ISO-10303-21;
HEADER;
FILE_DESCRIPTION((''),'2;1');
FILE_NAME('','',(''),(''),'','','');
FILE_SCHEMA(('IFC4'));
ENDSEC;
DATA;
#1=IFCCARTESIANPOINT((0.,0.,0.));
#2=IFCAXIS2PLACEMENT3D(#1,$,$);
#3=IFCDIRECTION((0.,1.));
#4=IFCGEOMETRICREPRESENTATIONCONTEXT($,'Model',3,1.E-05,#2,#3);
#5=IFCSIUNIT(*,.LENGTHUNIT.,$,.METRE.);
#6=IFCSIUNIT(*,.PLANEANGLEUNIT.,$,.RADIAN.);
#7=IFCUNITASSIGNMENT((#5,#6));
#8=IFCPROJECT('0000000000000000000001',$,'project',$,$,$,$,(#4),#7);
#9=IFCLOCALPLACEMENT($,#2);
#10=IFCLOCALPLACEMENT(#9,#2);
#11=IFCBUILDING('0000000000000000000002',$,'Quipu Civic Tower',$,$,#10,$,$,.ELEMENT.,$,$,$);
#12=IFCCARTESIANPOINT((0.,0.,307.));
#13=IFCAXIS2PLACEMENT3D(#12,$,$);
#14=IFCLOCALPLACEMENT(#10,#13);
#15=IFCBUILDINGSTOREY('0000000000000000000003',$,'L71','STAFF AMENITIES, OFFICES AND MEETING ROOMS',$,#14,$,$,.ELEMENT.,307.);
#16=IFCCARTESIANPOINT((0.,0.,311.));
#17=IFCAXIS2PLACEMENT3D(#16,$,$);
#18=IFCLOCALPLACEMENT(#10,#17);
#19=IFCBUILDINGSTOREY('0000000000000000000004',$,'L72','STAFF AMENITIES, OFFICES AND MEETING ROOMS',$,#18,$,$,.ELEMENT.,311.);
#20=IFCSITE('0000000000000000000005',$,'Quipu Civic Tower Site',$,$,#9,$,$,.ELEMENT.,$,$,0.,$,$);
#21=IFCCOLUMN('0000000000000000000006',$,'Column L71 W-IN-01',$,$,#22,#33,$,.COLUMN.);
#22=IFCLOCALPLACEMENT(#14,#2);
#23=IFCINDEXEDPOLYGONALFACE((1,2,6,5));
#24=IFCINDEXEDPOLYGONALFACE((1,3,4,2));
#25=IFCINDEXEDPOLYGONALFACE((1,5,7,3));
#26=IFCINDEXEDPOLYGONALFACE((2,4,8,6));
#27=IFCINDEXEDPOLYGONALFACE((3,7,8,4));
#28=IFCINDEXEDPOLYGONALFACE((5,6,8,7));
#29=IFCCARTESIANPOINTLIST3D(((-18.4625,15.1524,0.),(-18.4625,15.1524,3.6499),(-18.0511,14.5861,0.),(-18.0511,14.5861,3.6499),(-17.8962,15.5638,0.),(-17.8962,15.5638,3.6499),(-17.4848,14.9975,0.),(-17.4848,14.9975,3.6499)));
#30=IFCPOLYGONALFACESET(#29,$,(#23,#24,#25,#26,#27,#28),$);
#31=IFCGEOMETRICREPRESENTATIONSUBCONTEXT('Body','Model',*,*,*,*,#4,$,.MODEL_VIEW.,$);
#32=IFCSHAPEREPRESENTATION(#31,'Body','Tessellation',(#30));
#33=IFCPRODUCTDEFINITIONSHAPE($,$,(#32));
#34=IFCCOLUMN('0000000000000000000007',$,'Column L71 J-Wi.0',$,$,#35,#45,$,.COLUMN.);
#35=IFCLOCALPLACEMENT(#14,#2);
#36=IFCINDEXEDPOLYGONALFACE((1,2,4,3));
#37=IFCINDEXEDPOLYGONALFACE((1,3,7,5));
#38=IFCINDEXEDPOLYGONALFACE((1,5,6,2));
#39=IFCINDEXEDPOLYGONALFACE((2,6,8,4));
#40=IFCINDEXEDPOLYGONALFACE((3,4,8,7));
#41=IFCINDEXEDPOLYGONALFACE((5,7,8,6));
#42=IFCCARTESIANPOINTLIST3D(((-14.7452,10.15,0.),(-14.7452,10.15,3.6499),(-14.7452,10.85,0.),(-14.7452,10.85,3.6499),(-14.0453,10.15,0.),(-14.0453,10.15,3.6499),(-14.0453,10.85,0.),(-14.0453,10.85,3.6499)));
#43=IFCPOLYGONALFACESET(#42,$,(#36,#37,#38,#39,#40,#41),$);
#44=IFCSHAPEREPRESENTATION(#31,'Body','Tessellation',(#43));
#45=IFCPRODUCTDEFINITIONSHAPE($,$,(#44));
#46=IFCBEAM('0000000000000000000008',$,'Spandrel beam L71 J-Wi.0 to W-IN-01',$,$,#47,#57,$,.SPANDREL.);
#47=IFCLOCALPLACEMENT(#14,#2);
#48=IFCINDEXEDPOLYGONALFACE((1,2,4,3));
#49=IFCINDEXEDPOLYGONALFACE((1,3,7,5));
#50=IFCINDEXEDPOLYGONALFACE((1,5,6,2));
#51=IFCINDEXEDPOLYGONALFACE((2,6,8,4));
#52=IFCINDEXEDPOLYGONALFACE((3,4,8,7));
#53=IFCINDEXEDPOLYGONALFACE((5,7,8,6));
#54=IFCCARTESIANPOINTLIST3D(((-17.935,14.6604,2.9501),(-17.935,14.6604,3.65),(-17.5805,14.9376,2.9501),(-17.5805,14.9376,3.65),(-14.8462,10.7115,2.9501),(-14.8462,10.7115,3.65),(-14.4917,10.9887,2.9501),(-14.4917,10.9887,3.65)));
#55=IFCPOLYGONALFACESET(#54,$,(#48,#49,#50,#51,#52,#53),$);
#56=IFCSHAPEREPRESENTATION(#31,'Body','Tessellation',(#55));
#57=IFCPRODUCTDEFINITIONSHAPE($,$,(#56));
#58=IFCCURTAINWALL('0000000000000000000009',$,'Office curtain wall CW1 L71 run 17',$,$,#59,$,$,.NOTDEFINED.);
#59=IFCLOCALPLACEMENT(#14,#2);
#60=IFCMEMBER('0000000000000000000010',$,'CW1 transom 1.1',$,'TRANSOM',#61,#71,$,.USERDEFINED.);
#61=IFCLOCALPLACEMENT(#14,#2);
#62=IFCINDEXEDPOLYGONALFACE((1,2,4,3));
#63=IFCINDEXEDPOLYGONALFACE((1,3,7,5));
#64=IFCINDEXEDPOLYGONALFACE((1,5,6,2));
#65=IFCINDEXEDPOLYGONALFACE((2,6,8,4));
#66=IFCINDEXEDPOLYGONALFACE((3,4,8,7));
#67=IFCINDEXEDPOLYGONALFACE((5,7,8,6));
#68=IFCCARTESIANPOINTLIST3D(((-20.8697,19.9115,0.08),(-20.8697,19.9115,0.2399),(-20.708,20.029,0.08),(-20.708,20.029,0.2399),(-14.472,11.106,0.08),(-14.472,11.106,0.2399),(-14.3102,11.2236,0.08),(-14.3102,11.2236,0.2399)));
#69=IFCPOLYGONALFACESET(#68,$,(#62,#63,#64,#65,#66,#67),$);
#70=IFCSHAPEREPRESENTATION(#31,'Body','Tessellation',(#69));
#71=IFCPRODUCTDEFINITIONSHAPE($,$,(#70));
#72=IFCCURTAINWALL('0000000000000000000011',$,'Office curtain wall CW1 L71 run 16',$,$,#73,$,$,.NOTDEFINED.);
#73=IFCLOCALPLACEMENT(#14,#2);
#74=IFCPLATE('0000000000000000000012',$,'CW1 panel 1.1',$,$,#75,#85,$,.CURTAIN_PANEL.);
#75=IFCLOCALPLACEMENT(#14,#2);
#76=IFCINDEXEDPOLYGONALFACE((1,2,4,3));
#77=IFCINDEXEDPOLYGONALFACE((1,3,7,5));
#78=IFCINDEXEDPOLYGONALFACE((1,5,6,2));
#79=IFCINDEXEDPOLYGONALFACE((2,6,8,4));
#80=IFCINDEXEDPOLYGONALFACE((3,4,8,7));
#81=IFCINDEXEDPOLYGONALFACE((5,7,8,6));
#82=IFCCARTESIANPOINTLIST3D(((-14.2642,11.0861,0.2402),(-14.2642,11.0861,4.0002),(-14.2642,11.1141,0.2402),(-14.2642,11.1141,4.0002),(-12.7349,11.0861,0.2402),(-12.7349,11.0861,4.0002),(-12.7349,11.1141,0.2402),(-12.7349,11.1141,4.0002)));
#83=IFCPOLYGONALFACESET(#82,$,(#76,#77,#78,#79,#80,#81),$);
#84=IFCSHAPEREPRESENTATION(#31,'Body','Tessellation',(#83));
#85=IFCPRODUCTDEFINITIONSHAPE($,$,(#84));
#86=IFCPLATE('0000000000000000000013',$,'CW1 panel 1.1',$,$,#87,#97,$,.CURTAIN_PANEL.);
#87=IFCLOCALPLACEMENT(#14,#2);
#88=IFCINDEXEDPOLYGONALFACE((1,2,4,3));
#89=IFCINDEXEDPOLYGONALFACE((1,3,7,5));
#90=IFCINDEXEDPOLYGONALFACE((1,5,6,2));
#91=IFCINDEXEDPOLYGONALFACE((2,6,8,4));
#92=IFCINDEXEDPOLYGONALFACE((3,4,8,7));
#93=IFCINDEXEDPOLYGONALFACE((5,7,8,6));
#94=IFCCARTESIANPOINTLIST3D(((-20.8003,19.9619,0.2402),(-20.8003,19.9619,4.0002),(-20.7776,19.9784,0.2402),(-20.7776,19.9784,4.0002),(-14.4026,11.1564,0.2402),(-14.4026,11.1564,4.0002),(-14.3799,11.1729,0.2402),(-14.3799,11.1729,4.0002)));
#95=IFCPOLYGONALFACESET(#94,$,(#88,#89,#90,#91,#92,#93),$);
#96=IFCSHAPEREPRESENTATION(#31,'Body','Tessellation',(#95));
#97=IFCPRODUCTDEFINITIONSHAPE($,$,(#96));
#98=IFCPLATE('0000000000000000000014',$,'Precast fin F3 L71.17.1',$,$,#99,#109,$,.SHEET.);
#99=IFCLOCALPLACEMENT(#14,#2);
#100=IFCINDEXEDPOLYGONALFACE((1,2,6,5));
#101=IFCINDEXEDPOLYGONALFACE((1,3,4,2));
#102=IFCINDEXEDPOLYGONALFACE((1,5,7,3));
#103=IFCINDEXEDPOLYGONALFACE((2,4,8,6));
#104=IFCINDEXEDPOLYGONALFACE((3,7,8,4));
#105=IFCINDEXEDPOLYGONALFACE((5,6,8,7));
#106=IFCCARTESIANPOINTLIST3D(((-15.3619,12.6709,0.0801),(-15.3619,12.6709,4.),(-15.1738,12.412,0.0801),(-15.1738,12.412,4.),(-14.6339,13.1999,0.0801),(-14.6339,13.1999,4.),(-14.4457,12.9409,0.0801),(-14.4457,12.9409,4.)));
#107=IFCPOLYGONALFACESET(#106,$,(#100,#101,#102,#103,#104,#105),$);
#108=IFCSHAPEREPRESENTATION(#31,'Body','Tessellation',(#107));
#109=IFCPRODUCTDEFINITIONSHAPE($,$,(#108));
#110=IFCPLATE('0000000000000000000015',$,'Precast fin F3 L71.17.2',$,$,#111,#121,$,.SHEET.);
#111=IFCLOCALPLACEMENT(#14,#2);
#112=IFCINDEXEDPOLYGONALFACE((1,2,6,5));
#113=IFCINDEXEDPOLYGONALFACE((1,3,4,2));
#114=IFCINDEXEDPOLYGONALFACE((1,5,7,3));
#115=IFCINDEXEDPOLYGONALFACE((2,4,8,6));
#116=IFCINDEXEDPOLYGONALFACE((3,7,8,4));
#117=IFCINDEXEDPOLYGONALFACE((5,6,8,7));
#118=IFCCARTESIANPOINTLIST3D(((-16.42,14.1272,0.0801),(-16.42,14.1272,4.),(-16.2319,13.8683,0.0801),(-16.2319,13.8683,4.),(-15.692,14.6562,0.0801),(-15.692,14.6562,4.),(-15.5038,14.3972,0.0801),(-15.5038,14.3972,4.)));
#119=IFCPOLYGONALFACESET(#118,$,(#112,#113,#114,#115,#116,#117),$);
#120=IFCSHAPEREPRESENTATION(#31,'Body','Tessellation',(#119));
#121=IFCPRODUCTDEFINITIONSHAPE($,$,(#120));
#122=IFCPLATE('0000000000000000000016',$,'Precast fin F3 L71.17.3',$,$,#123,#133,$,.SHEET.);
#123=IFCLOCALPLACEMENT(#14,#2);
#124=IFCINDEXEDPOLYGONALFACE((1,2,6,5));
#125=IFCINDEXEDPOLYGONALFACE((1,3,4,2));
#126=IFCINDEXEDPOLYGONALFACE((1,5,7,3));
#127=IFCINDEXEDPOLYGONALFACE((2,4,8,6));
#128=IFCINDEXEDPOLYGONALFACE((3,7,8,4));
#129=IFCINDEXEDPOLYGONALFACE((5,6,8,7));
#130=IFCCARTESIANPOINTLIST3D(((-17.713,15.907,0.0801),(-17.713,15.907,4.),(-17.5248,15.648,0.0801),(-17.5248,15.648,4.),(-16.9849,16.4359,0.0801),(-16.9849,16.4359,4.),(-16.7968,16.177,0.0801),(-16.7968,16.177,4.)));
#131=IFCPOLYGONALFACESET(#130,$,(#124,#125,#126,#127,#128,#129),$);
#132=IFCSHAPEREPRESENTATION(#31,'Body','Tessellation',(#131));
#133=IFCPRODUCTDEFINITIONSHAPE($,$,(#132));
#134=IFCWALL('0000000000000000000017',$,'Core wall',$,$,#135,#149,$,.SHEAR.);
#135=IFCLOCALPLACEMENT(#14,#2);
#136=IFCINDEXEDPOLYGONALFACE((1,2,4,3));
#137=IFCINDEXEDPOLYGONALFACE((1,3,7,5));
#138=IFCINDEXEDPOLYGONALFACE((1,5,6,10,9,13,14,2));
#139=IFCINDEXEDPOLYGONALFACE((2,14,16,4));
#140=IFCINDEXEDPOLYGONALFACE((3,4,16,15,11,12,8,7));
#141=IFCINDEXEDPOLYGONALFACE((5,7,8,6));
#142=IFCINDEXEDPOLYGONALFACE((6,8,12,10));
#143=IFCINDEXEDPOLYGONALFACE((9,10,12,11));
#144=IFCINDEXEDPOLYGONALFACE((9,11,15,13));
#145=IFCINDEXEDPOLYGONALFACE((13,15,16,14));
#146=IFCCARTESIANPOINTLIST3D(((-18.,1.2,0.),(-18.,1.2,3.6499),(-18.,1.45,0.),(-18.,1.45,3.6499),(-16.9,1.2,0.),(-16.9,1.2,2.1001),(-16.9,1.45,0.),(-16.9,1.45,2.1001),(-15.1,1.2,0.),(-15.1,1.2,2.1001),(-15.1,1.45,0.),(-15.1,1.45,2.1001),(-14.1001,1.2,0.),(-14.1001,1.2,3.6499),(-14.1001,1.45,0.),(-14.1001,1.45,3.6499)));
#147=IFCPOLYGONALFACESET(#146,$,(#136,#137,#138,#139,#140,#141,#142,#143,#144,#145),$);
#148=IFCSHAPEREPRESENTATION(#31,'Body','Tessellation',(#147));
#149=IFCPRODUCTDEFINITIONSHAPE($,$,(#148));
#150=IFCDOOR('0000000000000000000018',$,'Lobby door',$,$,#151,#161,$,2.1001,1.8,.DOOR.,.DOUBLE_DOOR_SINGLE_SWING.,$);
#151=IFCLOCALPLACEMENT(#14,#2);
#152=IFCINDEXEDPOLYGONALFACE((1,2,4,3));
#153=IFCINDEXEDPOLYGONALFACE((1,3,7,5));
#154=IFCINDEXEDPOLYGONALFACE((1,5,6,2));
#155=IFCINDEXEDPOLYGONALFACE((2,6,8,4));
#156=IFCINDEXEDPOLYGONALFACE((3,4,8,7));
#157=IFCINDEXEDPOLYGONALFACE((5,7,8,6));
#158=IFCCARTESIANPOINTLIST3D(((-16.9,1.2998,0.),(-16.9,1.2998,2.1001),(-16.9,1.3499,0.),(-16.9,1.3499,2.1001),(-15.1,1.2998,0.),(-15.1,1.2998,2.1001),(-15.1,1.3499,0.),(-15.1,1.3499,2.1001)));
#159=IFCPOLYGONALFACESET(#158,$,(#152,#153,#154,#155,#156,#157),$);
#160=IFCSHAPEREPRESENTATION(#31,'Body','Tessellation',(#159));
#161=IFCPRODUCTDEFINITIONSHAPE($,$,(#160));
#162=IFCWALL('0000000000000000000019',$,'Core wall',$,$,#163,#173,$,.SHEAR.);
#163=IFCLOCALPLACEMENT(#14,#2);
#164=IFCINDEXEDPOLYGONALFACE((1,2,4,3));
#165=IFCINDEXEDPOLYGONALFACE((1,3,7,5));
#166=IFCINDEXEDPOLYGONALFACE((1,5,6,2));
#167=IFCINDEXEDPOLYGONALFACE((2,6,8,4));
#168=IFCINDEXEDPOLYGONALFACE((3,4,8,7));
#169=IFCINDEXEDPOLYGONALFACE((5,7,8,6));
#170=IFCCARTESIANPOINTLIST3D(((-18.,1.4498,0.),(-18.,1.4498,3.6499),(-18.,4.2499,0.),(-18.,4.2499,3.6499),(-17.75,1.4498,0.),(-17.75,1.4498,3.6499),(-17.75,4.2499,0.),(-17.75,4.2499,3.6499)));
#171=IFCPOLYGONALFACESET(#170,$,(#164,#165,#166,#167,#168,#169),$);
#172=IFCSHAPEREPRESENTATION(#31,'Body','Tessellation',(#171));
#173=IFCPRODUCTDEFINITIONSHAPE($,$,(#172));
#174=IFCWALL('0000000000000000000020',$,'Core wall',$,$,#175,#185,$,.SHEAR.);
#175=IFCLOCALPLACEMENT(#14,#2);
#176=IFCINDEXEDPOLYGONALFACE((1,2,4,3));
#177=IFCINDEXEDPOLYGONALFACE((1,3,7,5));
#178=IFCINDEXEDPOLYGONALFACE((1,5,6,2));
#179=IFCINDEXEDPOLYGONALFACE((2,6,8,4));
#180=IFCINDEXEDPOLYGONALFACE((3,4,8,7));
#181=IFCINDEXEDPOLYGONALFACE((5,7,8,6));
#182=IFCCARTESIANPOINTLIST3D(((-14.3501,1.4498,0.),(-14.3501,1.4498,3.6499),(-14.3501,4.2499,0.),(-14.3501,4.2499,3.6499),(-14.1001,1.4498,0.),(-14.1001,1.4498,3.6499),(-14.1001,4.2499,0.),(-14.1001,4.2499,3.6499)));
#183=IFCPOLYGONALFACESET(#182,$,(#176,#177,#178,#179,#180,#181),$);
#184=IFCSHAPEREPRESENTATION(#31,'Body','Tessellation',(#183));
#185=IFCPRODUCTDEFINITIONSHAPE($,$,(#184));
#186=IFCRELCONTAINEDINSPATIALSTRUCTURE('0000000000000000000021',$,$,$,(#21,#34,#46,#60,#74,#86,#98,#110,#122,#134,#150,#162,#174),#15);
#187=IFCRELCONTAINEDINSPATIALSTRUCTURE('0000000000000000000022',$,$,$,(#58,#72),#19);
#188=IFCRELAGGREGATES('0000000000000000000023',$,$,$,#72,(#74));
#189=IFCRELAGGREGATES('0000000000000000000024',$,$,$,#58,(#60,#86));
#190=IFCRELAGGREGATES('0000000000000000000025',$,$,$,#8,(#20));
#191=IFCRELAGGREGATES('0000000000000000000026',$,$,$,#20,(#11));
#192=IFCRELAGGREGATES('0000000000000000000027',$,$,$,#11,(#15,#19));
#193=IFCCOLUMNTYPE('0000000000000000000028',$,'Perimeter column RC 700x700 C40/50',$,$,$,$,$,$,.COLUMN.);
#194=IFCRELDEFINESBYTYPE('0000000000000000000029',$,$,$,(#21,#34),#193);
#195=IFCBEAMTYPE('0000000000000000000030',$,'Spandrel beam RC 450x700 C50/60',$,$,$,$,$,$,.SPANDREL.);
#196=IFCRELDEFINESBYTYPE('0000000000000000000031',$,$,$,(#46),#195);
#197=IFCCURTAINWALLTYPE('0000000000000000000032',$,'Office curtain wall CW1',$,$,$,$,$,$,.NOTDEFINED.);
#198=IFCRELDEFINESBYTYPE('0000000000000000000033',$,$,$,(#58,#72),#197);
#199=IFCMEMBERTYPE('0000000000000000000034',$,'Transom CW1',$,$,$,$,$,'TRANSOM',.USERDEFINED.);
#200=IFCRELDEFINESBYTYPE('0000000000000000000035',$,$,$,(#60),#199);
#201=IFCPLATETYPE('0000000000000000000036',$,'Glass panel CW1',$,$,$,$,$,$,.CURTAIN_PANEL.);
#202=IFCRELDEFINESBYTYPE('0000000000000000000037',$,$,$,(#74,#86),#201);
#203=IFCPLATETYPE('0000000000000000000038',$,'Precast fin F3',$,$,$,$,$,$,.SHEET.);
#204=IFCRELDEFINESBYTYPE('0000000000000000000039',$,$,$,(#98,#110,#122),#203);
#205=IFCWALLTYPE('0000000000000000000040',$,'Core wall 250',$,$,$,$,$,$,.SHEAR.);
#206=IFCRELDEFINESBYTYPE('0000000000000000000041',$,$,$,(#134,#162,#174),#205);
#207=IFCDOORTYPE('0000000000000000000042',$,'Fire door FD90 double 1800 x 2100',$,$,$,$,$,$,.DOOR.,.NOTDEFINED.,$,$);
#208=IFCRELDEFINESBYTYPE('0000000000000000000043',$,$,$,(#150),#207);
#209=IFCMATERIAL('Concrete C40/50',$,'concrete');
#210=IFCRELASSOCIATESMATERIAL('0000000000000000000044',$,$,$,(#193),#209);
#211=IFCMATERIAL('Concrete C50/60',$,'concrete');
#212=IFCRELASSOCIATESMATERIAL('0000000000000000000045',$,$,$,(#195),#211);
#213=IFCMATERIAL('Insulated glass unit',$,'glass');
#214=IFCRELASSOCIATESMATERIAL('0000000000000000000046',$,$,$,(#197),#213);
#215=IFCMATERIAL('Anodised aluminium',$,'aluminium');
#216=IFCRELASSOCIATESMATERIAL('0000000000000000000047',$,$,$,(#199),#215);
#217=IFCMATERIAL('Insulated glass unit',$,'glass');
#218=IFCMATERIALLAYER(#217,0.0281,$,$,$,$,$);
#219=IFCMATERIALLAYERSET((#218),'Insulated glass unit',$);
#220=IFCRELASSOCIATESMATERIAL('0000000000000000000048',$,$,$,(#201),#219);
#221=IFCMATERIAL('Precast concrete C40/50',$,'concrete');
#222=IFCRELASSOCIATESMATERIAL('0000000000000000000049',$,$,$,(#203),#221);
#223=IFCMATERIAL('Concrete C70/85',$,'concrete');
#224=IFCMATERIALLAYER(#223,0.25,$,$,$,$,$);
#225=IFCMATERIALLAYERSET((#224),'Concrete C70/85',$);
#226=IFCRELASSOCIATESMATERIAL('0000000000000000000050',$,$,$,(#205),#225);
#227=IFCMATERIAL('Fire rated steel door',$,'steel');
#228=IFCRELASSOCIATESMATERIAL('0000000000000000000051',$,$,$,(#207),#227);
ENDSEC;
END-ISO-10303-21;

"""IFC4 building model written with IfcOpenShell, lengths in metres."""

from ifc_helpers import new_model, si_unit, direction, frame, frame_2d, origin, origin_2d, place, context, subcontext, project, spatial, rectangle, extrude, material, layer, layer_set, material_profile, profile_set, type_object, element, fill, aggregate, save


model = new_model("IFC4")

# Units and contexts
model_context = context("Model", 3, precision=1e-05, world=origin(), true_north=direction((0.0, 1.0)))
body_context = subcontext(model_context, "Body", "Model", "MODEL_VIEW")
ifc_project = project(units=[si_unit("LENGTHUNIT", "METRE"), si_unit("PLANEANGLEUNIT", "RADIAN")], contexts=[model_context])

# Site, building, storey
site_placement = place(None, origin())
site = spatial("IfcSite", under=ifc_project, at=site_placement, Name="Quipu Civic Tower Site", CompositionType="ELEMENT", RefElevation=0.0)
building_placement = place(site_placement, origin())
building = spatial("IfcBuilding", under=site, at=building_placement, Name="Quipu Civic Tower", CompositionType="ELEMENT")
storey_1_placement = place(building_placement, frame((0.0, 0.0, 307.0)))
storey_1 = spatial("IfcBuildingStorey", under=building, at=storey_1_placement, Name="L71", Description="STAFF AMENITIES, OFFICES AND MEETING ROOMS", CompositionType="ELEMENT", Elevation=307.0)

# Columns
ifc_material_1 = material(Name="Concrete C40/50", Category="concrete")
ifc_material_profile_1 = material_profile(ifc_material_1, rectangle(XDim=0.7, YDim=0.7, at=origin_2d()), Name="RC700x700")
ifc_profile_set_1 = profile_set([ifc_material_profile_1], Name="Concrete C40/50")
column_type = type_object("IfcColumnType", Name="Perimeter column RC 700x700 C40/50", PredefinedType="COLUMN", material=ifc_profile_set_1)
for number, where, z_axis, x_axis, name in (
    (1, (-17.9736, 15.075, 0.0), (0.0, 0.0, 1.0), (-0.587785, 0.809017, 0.0), "Column L71 W-IN-01"),
    (2, (-14.3953, 10.5, 0.0), (0.0, 0.0, 1.0), (-1.0, 0.0, 0.0), "Column L71 J-Wi.0"),
):
    element("IfcColumn", number, at=place(storey_1_placement, frame(where, z_axis=z_axis, x_axis=x_axis)), inside=storey_1, type_object=column_type, Name=name, PredefinedType="COLUMN", context=body_context, shape_type="SweptSolid", body=[
        extrude(rectangle(XDim=0.7, YDim=0.7, at=origin_2d()), origin(), (0.0, 0.0, 1.0), 3.6499),
    ])

# Beam
ifc_material_2 = material(Name="Concrete C50/60", Category="concrete")
ifc_material_profile_2 = material_profile(ifc_material_2, rectangle(XDim=0.45, YDim=0.7, at=origin_2d()), Name="RC450x700")
ifc_profile_set_2 = profile_set([ifc_material_profile_2], Name="Concrete C50/60")
beam_type = type_object("IfcBeamType", Name="Spandrel beam RC 450x700 C50/60", PredefinedType="SPANDREL", material=ifc_profile_set_2)
beam_placement = place(storey_1_placement, frame((-14.6689, 10.8501, 3.3), z_axis=(-0.616106, 0.787663, 0.0), x_axis=(-0.787663, -0.616106, 0.0)))
element("IfcBeam", 3, at=beam_placement, inside=storey_1, type_object=beam_type, Name="Spandrel beam L71 J-Wi.0 to W-IN-01", PredefinedType="SPANDREL", context=body_context, shape_type="SweptSolid", body=[
    extrude(rectangle(XDim=0.45, YDim=0.7, at=origin_2d()), origin(), (0.0, 0.0, 1.0), 5.0134),
])

# Shared definitions
storey_2_placement = place(building_placement, frame((0.0, 0.0, 311.0)))
storey_2 = spatial("IfcBuildingStorey", under=building, at=storey_2_placement, Name="L72", Description="STAFF AMENITIES, OFFICES AND MEETING ROOMS", CompositionType="ELEMENT", Elevation=311.0)

# Curtain wall, member
ifc_material_3 = material(Name="Insulated glass unit", Category="glass")
curtain_wall_type = type_object("IfcCurtainWallType", Name="Office curtain wall CW1", PredefinedType="NOTDEFINED", material=ifc_material_3)
curtain_wall_1_placement = place(storey_2_placement, origin())
curtain_wall_1 = element("IfcCurtainWall", 4, at=curtain_wall_1_placement, inside=storey_2, type_object=curtain_wall_type, Name="Office curtain wall CW1 L71 run 17", PredefinedType="NOTDEFINED")
ifc_material_4 = material(Name="Anodised aluminium", Category="aluminium")
ifc_material_profile_3 = material_profile(ifc_material_4, rectangle(XDim=0.2, YDim=0.1599, at=origin_2d()), Name="RECT 200x160")
ifc_profile_set_3 = profile_set([ifc_material_profile_3], Name="Anodised aluminium")
member_type = type_object("IfcMemberType", Name="Transom CW1", ElementType="TRANSOM", PredefinedType="USERDEFINED", material=ifc_profile_set_3)
member_placement = place(storey_1_placement, frame((-14.3911, 11.1648, 0.1599), z_axis=(-0.587797, 0.809009, 0.0), x_axis=(-0.809009, -0.587797, 0.0)))
member = element("IfcMember", 5, at=member_placement, inside=storey_1, type_object=member_type, Name="CW1 transom 1.1", ObjectType="TRANSOM", PredefinedType="USERDEFINED", context=body_context, shape_type="SweptSolid", body=[
    extrude(rectangle(XDim=0.2, YDim=0.1599, at=origin_2d()), origin(), (0.0, 0.0, 1.0), 10.8843),
])

# Curtain wall, plate
curtain_wall_2_placement = place(storey_2_placement, origin())
curtain_wall_2 = element("IfcCurtainWall", 6, at=curtain_wall_2_placement, inside=storey_2, type_object=curtain_wall_type, Name="Office curtain wall CW1 L71 run 16", PredefinedType="NOTDEFINED")
ifc_material_5 = material(Name="Insulated glass unit", Category="glass")
ifc_layer_1 = layer(ifc_material_5, 0.0281)
ifc_layer_set_1 = layer_set([ifc_layer_1], Name="Insulated glass unit")
plate_type_1 = type_object("IfcPlateType", Name="Glass panel CW1", PredefinedType="CURTAIN_PANEL", material=ifc_layer_set_1)
plate_1_placement = place(storey_1_placement, frame((-13.4995, 11.1001, 0.2402), z_axis=(0.0, 0.0, 1.0), x_axis=(-1.0, 0.0, 0.0)))
plate_1 = element("IfcPlate", 7, at=plate_1_placement, inside=storey_1, type_object=plate_type_1, Name="CW1 panel 1.1", PredefinedType="CURTAIN_PANEL", context=body_context, shape_type="SweptSolid", body=[
    extrude(rectangle(XDim=1.5293, YDim=0.0281, at=origin_2d()), origin(), (0.0, 0.0, 1.0), 3.76),
])
aggregate(curtain_wall_2, [plate_1])

# Plate
plate_2_placement = place(storey_1_placement, frame((-17.5901, 15.5674, 0.2402), z_axis=(0.0, 0.0, 1.0), x_axis=(-0.587788, 0.809015, 0.0)))
plate_2 = element("IfcPlate", 8, at=plate_2_placement, inside=storey_1, type_object=plate_type_1, Name="CW1 panel 1.1", PredefinedType="CURTAIN_PANEL", context=body_context, shape_type="SweptSolid", body=[
    extrude(rectangle(XDim=10.8843, YDim=0.0281, at=origin_2d()), origin(), (0.0, 0.0, 1.0), 3.76),
])
aggregate(curtain_wall_1, [member, plate_2])

# Plates
ifc_material_6 = material(Name="Precast concrete C40/50", Category="concrete")
plate_type_2 = type_object("IfcPlateType", Name="Precast fin F3", PredefinedType="SHEET", material=ifc_material_6)
for number, where, z_axis, x_axis, name in (
    (9, (-14.9038, 12.8059, 0.0801), (0.0, 0.0, 1.0), (-0.587784, 0.809018, 0.0), "Precast fin F3 L71.17.1"),
    (10, (-15.9619, 14.2622, 0.0801), (0.0, 0.0, 1.0), (-0.587784, 0.809018, 0.0), "Precast fin F3 L71.17.2"),
    (11, (-17.2549, 16.042, 0.0801), (0.0, 0.0, 1.0), (-0.587784, 0.809018, 0.0), "Precast fin F3 L71.17.3"),
):
    element("IfcPlate", number, at=place(storey_1_placement, frame(where, z_axis=z_axis, x_axis=x_axis)), inside=storey_1, type_object=plate_type_2, Name=name, PredefinedType="SHEET", context=body_context, shape_type="SweptSolid", body=[
        extrude(rectangle(XDim=0.3201, YDim=0.8999, at=origin_2d()), origin(), (0.0, 0.0, 1.0), 3.9199),
    ])

# Wall, opening, door
ifc_material_7 = material(Name="Concrete C70/85", Category="concrete")
ifc_layer_2 = layer(ifc_material_7, 0.25)
ifc_layer_set_2 = layer_set([ifc_layer_2], Name="Concrete C70/85")
wall_type_1 = type_object("IfcWallType", Name="Core wall 250", PredefinedType="SHEAR", material=ifc_layer_set_2)
wall_1_placement = place(storey_1_placement, frame((-18.0, 1.325, 0.0), z_axis=(0.0, 0.0, 1.0), x_axis=(1.0, 0.0, 0.0)))
wall_1 = element("IfcWall", 12, at=wall_1_placement, inside=storey_1, type_object=wall_type_1, Name="Core wall", PredefinedType="SHEAR", context=body_context, shape_type="SweptSolid", body=[
    extrude(rectangle(XDim=3.8999, YDim=0.25, at=frame_2d((1.95, 0.0))), origin(), (0.0, 0.0, 1.0), 3.6499),
])
opening_1_placement = place(wall_1_placement, frame((1.1001, 0.0, 0.0)))
opening_1 = element("IfcOpeningElement", 13, at=opening_1_placement, cuts=wall_1, PredefinedType="OPENING", context=body_context, shape_type="SweptSolid", body=[
    extrude(rectangle(XDim=1.8, YDim=2.1001, at=frame_2d((0.8999, 1.05))), frame((0.0, 0.135, 0.0), z_axis=(0.0, -1.0, 0.0), x_axis=(1.0, 0.0, 0.0)), (0.0, 0.0, 1.0), 0.27),
])
ifc_material_8 = material(Name="Fire rated steel door", Category="steel")
door_type = type_object("IfcDoorType", Name="Fire door FD90 double 1800 x 2100", OperationType="NOTDEFINED", PredefinedType="DOOR", material=ifc_material_8)
door_1_placement = place(opening_1_placement, origin())
door_1 = element("IfcDoor", 14, at=door_1_placement, inside=storey_1, type_object=door_type, Name="Lobby door", OperationType="DOUBLE_DOOR_SINGLE_SWING", OverallHeight=2.1001, OverallWidth=1.8, PredefinedType="DOOR", context=body_context, shape_type="SweptSolid", body=[
    extrude(rectangle(XDim=1.8, YDim=2.1001, at=frame_2d((0.8999, 1.05))), frame((0.0, 0.0249, 0.0), z_axis=(0.0, -1.0, 0.0), x_axis=(1.0, 0.0, 0.0)), (0.0, 0.0, 1.0), 0.05),
])
fill(opening_1, door_1)

# Walls
for number, where, z_axis, x_axis, name in (
    (15, (-17.875, 1.45, 0.0), (0.0, 0.0, 1.0), (0.0, 1.0, 0.0), "Core wall"),
    (16, (-14.2251, 1.45, 0.0), (0.0, 0.0, 1.0), (0.0, 1.0, 0.0), "Core wall"),
):
    element("IfcWall", number, at=place(storey_1_placement, frame(where, z_axis=z_axis, x_axis=x_axis)), inside=storey_1, type_object=wall_type_1, Name=name, PredefinedType="SHEAR", context=body_context, shape_type="SweptSolid", body=[
        extrude(rectangle(XDim=2.8, YDim=0.25, at=frame_2d((1.3999, 0.0))), origin(), (0.0, 0.0, 1.0), 3.6499),
    ])

save(model, "model.ifc")
